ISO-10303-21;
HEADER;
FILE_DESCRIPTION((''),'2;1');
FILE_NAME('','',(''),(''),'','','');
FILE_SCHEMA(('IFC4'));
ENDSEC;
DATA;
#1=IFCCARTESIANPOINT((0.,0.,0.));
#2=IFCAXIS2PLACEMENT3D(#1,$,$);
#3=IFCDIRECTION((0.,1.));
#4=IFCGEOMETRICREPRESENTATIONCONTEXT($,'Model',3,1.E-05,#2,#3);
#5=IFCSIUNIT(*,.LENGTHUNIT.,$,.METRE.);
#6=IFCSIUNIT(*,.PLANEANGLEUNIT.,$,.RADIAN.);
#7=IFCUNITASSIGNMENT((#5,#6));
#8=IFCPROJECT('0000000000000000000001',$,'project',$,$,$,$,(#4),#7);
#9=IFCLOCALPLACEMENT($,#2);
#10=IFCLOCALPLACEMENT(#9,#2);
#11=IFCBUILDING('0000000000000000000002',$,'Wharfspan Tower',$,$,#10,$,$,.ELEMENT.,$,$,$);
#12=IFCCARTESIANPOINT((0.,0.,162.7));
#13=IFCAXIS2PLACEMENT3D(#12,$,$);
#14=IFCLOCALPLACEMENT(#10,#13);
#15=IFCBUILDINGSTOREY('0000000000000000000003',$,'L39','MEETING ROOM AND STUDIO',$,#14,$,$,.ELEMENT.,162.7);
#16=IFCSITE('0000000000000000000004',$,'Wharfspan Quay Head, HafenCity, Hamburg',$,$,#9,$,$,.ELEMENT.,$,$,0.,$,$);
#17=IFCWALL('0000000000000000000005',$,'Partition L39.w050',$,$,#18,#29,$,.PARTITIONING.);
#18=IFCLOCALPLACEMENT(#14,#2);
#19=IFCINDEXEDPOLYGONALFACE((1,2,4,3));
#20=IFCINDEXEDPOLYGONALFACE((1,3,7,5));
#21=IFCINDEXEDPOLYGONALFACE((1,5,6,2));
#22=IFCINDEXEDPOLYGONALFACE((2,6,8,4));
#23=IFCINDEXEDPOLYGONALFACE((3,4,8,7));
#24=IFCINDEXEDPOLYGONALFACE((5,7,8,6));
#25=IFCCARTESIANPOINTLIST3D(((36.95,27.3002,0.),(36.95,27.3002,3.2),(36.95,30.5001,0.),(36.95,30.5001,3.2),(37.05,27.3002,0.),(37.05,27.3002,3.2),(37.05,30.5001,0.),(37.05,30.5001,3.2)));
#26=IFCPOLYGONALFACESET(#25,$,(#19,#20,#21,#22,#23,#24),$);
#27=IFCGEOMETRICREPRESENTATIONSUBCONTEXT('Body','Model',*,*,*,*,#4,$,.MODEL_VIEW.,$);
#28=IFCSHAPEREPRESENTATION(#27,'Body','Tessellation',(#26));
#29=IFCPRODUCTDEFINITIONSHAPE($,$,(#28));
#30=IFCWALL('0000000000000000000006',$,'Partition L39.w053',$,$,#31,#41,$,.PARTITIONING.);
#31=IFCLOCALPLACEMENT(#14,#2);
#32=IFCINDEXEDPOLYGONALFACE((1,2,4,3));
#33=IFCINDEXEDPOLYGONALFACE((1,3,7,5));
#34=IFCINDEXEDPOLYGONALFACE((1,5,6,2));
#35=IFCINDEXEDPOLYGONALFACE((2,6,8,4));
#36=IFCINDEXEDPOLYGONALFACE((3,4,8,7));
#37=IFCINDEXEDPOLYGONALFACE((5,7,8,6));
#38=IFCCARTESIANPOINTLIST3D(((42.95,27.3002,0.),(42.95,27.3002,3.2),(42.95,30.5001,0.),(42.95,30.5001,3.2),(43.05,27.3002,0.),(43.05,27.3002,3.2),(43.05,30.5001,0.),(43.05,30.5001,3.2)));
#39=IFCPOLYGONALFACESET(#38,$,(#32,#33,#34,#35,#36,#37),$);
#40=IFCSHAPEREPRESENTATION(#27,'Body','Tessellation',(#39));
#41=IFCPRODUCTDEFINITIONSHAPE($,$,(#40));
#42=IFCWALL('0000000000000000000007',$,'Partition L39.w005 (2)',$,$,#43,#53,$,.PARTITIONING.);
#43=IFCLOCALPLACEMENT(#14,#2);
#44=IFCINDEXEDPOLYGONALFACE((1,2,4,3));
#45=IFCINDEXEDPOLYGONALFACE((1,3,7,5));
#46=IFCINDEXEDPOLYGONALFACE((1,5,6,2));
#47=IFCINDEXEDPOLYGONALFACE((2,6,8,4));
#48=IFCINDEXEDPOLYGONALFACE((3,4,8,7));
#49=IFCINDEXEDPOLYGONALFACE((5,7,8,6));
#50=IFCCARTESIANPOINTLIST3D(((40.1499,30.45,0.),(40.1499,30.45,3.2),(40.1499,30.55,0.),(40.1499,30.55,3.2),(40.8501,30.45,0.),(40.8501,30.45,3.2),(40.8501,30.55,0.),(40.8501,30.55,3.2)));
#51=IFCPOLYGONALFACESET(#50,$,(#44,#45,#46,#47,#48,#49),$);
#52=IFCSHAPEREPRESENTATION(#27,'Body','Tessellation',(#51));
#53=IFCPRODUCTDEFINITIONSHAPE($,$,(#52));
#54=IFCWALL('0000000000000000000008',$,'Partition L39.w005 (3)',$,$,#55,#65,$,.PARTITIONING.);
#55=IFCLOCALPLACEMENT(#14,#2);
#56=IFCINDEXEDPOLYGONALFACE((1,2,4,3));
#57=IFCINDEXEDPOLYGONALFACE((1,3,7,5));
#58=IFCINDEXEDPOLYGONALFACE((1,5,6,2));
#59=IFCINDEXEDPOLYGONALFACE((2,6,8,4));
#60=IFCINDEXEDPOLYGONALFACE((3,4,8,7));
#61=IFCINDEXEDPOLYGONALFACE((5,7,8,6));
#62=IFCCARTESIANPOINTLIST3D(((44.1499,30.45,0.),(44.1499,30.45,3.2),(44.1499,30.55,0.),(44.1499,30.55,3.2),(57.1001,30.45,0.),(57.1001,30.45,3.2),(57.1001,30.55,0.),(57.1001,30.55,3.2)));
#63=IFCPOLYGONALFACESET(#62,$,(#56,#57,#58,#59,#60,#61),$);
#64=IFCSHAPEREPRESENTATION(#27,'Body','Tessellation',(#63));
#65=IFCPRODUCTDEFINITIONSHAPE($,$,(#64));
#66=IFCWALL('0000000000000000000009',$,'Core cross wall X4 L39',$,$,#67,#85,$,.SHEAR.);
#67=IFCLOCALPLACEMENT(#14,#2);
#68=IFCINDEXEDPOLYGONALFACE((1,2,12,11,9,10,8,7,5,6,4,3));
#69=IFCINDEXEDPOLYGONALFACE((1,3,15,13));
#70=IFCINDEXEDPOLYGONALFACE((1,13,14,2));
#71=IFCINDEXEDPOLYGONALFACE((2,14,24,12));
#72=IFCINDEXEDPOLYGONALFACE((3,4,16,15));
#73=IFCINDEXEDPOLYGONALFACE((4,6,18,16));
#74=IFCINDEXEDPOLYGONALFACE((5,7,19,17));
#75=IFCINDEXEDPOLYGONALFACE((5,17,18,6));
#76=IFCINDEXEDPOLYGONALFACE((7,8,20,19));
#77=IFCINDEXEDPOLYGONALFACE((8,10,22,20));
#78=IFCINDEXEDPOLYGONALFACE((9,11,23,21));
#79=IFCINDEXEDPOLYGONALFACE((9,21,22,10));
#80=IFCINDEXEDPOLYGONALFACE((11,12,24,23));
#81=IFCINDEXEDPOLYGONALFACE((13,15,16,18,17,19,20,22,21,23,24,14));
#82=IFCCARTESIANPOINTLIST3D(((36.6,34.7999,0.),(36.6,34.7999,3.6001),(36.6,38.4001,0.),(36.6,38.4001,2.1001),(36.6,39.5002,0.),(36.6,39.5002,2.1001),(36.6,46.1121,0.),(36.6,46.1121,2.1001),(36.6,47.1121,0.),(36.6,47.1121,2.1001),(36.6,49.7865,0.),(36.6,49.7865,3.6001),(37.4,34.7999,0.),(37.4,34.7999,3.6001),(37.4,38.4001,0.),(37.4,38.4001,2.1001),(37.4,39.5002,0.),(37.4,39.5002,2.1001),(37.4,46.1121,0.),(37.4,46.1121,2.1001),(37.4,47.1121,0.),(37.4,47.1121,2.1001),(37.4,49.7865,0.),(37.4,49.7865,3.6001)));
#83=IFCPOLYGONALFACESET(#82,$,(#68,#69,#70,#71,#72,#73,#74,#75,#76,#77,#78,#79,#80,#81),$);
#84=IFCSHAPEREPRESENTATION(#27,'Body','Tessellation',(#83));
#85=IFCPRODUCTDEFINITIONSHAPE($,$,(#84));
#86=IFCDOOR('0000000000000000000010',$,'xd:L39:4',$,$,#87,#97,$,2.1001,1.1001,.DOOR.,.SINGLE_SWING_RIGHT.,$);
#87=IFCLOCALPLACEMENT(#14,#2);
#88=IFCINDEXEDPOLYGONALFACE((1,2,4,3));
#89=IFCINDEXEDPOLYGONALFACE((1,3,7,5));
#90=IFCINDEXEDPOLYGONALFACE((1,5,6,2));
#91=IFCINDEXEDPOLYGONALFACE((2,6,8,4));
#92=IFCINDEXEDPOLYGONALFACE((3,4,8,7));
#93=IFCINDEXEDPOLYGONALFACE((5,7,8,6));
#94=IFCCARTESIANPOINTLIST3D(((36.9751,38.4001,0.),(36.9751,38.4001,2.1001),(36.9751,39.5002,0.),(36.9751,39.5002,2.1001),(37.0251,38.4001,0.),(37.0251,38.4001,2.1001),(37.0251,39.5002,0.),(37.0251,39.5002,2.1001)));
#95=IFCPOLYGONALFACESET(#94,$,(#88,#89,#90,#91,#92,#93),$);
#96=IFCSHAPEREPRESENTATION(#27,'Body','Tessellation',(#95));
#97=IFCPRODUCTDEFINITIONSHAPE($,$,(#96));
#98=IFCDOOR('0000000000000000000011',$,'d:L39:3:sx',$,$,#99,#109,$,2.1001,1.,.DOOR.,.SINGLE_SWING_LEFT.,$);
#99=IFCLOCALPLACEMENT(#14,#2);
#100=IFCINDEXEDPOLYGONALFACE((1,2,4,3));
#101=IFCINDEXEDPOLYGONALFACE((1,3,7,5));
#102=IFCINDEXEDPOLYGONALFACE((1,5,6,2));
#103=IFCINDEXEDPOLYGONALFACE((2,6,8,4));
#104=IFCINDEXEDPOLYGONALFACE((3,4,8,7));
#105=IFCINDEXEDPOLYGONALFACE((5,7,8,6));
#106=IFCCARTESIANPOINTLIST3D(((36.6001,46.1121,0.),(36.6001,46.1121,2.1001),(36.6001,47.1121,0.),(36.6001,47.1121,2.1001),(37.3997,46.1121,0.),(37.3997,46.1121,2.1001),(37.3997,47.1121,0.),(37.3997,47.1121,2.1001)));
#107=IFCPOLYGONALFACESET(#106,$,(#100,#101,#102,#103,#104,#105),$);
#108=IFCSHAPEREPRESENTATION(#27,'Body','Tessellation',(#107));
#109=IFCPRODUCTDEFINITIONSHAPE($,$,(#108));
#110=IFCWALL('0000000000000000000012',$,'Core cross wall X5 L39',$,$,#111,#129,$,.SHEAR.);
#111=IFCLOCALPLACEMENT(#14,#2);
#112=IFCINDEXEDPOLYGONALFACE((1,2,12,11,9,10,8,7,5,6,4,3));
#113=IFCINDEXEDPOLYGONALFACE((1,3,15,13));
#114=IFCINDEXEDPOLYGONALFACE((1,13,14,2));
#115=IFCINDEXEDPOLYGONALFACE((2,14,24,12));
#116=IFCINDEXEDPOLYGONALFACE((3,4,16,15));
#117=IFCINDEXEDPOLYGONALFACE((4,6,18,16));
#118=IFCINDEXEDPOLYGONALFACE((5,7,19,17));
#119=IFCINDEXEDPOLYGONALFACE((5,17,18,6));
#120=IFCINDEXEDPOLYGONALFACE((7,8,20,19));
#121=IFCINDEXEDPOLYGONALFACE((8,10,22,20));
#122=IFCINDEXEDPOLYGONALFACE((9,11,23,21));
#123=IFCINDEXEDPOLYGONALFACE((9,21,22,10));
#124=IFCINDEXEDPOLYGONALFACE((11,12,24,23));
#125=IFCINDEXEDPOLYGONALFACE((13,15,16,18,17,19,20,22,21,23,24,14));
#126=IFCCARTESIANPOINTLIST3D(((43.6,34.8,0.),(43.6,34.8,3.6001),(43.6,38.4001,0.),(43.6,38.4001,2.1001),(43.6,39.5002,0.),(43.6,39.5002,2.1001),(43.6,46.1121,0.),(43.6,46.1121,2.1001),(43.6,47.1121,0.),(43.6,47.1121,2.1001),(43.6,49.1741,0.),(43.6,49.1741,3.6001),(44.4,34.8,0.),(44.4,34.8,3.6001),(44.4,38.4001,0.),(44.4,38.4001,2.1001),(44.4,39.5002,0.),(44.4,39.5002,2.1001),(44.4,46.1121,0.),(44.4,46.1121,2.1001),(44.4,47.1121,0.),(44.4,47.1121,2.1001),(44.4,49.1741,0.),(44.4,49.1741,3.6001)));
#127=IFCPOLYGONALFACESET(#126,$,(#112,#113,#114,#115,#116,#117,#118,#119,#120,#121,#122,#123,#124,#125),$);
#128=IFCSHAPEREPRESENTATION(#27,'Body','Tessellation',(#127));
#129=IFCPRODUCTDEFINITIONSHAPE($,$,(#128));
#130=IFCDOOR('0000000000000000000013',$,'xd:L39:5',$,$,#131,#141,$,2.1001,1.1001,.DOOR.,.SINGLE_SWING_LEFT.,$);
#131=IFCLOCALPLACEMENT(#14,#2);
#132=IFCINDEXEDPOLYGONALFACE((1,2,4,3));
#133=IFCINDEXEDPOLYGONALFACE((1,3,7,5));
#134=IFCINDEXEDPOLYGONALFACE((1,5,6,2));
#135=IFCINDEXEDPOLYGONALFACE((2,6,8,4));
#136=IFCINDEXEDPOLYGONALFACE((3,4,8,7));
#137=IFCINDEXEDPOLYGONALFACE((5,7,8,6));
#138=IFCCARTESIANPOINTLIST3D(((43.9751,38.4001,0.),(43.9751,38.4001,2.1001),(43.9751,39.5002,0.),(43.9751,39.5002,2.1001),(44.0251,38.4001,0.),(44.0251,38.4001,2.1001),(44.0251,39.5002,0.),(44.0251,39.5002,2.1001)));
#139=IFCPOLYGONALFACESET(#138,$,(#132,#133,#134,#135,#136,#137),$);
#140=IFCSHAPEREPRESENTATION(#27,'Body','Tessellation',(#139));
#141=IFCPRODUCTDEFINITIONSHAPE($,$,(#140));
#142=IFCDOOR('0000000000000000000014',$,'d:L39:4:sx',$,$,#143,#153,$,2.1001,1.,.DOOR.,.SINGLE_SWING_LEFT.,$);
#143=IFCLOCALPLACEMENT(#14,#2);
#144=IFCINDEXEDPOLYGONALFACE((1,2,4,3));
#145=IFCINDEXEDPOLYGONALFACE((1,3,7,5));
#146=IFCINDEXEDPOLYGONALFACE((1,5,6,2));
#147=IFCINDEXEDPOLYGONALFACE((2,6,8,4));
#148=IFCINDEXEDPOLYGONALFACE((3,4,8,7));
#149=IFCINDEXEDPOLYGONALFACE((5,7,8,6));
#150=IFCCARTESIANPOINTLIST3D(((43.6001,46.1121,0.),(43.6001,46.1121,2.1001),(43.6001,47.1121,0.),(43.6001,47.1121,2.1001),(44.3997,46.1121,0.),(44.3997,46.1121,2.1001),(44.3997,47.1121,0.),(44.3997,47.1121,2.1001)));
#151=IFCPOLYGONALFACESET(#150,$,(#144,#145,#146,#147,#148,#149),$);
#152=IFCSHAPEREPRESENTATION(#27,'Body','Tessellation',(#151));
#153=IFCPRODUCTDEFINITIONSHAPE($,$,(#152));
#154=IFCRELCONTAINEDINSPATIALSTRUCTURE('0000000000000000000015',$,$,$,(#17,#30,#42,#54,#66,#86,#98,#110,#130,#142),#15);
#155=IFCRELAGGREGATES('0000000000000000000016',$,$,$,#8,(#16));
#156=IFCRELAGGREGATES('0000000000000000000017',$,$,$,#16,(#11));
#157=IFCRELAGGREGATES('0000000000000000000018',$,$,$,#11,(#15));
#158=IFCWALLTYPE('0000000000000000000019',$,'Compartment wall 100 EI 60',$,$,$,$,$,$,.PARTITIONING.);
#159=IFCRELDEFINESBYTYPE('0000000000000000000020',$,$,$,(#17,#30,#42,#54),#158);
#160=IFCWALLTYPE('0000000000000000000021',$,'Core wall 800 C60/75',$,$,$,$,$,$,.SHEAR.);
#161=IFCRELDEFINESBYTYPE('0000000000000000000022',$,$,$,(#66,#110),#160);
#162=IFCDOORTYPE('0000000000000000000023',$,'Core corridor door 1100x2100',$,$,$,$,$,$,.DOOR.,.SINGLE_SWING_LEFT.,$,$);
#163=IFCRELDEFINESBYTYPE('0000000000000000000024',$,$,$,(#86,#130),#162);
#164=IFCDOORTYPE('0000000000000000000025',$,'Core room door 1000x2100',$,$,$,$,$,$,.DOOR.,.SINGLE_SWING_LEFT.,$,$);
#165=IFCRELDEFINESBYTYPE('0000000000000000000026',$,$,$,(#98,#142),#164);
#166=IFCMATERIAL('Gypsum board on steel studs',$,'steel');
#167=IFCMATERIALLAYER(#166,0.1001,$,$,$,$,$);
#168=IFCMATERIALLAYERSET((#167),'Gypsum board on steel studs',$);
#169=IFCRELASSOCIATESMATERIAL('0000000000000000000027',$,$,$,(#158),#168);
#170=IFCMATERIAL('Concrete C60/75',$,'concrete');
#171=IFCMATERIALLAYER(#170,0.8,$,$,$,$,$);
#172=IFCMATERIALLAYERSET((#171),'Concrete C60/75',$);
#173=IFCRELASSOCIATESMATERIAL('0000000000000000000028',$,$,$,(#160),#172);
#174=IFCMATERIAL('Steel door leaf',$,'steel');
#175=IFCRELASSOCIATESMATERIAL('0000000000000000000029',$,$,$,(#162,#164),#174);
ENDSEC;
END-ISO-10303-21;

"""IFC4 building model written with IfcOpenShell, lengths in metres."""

from ifc_helpers import new_model, si_unit, direction, frame, frame_2d, origin, place, context, subcontext, project, spatial, rectangle, extrude, material, layer, layer_set, type_object, element, fill, save


model = new_model("IFC4")

# Units and contexts
model_context = context("Model", 3, precision=1e-05, world=origin(), true_north=direction((0.0, 1.0)))
body_context = subcontext(model_context, "Body", "Model", "MODEL_VIEW")
ifc_project = project(units=[si_unit("LENGTHUNIT", "METRE"), si_unit("PLANEANGLEUNIT", "RADIAN")], contexts=[model_context])

# Site, building, storey
site_placement = place(None, origin())
site = spatial("IfcSite", under=ifc_project, at=site_placement, Name="Wharfspan Quay Head, HafenCity, Hamburg", CompositionType="ELEMENT", RefElevation=0.0)
building_placement = place(site_placement, origin())
building = spatial("IfcBuilding", under=site, at=building_placement, Name="Wharfspan Tower", CompositionType="ELEMENT")
storey_placement = place(building_placement, frame((0.0, 0.0, 162.7)))
storey = spatial("IfcBuildingStorey", under=building, at=storey_placement, Name="L39", Description="MEETING ROOM AND STUDIO", CompositionType="ELEMENT", Elevation=162.7)

# Walls
ifc_material_1 = material(Name="Gypsum board on steel studs", Category="steel")
ifc_layer_1 = layer(ifc_material_1, 0.1001)
ifc_layer_set_1 = layer_set([ifc_layer_1], Name="Gypsum board on steel studs")
wall_type_1 = type_object("IfcWallType", Name="Compartment wall 100 EI 60", PredefinedType="PARTITIONING", material=ifc_layer_set_1)
for number, where, z_axis, x_axis, name in (
    (1, (37.0, 27.3, 0.0), (0.0, 0.0, 1.0), (0.0, 1.0, 0.0), "Partition L39.w050"),
    (2, (43.0, 27.3, 0.0), (0.0, 0.0, 1.0), (0.0, 1.0, 0.0), "Partition L39.w053"),
):
    element("IfcWall", number, at=place(storey_placement, frame(where, z_axis=z_axis, x_axis=x_axis)), inside=storey, type_object=wall_type_1, Name=name, PredefinedType="PARTITIONING", context=body_context, shape_type="SweptSolid", body=[
        extrude(rectangle(XDim=3.2, YDim=0.1001, at=frame_2d((1.6001, 0.0))), origin(), (0.0, 0.0, 1.0), 3.2),
    ])
wall_1_placement = place(storey_placement, frame((40.1499, 30.5, 0.0), z_axis=(0.0, 0.0, 1.0), x_axis=(1.0, 0.0, 0.0)))
element("IfcWall", 3, at=wall_1_placement, inside=storey, type_object=wall_type_1, Name="Partition L39.w005 (2)", PredefinedType="PARTITIONING", context=body_context, shape_type="SweptSolid", body=[
    extrude(rectangle(XDim=0.7002, YDim=0.1001, at=frame_2d((0.3501, 0.0))), origin(), (0.0, 0.0, 1.0), 3.2),
])
wall_2_placement = place(storey_placement, frame((44.1499, 30.5, 0.0), z_axis=(0.0, 0.0, 1.0), x_axis=(1.0, 0.0, 0.0)))
element("IfcWall", 4, at=wall_2_placement, inside=storey, type_object=wall_type_1, Name="Partition L39.w005 (3)", PredefinedType="PARTITIONING", context=body_context, shape_type="SweptSolid", body=[
    extrude(rectangle(XDim=12.9502, YDim=0.1001, at=frame_2d((6.4751, 0.0))), origin(), (0.0, 0.0, 1.0), 3.2),
])

# Walls, openings, doors
ifc_material_2 = material(Name="Concrete C60/75", Category="concrete")
ifc_layer_2 = layer(ifc_material_2, 0.8)
ifc_layer_set_2 = layer_set([ifc_layer_2], Name="Concrete C60/75")
wall_type_2 = type_object("IfcWallType", Name="Core wall 800 C60/75", PredefinedType="SHEAR", material=ifc_layer_set_2)
wall_3_placement = place(storey_placement, frame((37.0, 34.8, 0.0), z_axis=(0.0, 0.0, 1.0), x_axis=(0.0, 1.0, 0.0)))
wall_3 = element("IfcWall", 5, at=wall_3_placement, inside=storey, type_object=wall_type_2, Name="Core cross wall X4 L39", PredefinedType="SHEAR", context=body_context, shape_type="SweptSolid", body=[
    extrude(rectangle(XDim=14.9866, YDim=0.8, at=frame_2d((7.4932, 0.0))), origin(), (0.0, 0.0, 1.0), 3.6001),
])
opening_1_placement = place(wall_3_placement, frame((11.312, 0.0, 0.0)))
opening_1 = element("IfcOpeningElement", 6, at=opening_1_placement, cuts=wall_3, PredefinedType="OPENING", context=body_context, shape_type="SweptSolid", body=[
    extrude(rectangle(XDim=1.0, YDim=2.1001, at=frame_2d((0.5, 1.05))), frame((0.0, 0.4099, 0.0), z_axis=(0.0, -1.0, 0.0), x_axis=(1.0, 0.0, 0.0)), (0.0, 0.0, 1.0), 0.8201),
])
opening_2_placement = place(wall_3_placement, frame((3.6001, 0.0, 0.0)))
opening_2 = element("IfcOpeningElement", 7, at=opening_2_placement, cuts=wall_3, PredefinedType="OPENING", context=body_context, shape_type="SweptSolid", body=[
    extrude(rectangle(XDim=1.1001, YDim=2.1001, at=frame_2d((0.55, 1.05))), frame((0.0, 0.4099, 0.0), z_axis=(0.0, -1.0, 0.0), x_axis=(1.0, 0.0, 0.0)), (0.0, 0.0, 1.0), 0.8201),
])
ifc_material_3 = material(Name="Steel door leaf", Category="steel")
door_type_1 = type_object("IfcDoorType", Name="Core corridor door 1100x2100", OperationType="SINGLE_SWING_LEFT", PredefinedType="DOOR", material=ifc_material_3)
door_1_placement = place(opening_2_placement, origin())
door_1 = element("IfcDoor", 8, at=door_1_placement, inside=storey, type_object=door_type_1, Name="xd:L39:4", OperationType="SINGLE_SWING_RIGHT", OverallHeight=2.1001, OverallWidth=1.1001, PredefinedType="DOOR", context=body_context, shape_type="SweptSolid", body=[
    extrude(rectangle(XDim=1.1001, YDim=2.1001, at=frame_2d((0.55, 1.05))), frame((0.0, 0.0249, 0.0), z_axis=(0.0, -1.0, 0.0), x_axis=(1.0, 0.0, 0.0)), (0.0, 0.0, 1.0), 0.05),
])
fill(opening_2, door_1)
door_type_2 = type_object("IfcDoorType", Name="Core room door 1000x2100", OperationType="SINGLE_SWING_LEFT", PredefinedType="DOOR", material=ifc_material_3)
door_2_placement = place(opening_1_placement, origin())
door_2 = element("IfcDoor", 9, at=door_2_placement, inside=storey, type_object=door_type_2, Name="d:L39:3:sx", OperationType="SINGLE_SWING_LEFT", OverallHeight=2.1001, OverallWidth=1.0, PredefinedType="DOOR", context=body_context, shape_type="SweptSolid", body=[
    extrude(rectangle(XDim=1.0, YDim=2.1001, at=frame_2d((0.5, 1.05))), frame((0.0, 0.3999, 0.0), z_axis=(0.0, -1.0, 0.0), x_axis=(1.0, 0.0, 0.0)), (0.0, 0.0, 1.0), 0.7996),
])
fill(opening_1, door_2)
wall_4_placement = place(storey_placement, frame((44.0, 34.8, 0.0), z_axis=(0.0, 0.0, 1.0), x_axis=(0.0, 1.0, 0.0)))
wall_4 = element("IfcWall", 10, at=wall_4_placement, inside=storey, type_object=wall_type_2, Name="Core cross wall X5 L39", PredefinedType="SHEAR", context=body_context, shape_type="SweptSolid", body=[
    extrude(rectangle(XDim=14.374, YDim=0.8, at=frame_2d((7.187, 0.0))), origin(), (0.0, 0.0, 1.0), 3.6001),
])
opening_3_placement = place(wall_4_placement, frame((11.312, 0.0, 0.0)))
opening_3 = element("IfcOpeningElement", 11, at=opening_3_placement, cuts=wall_4, PredefinedType="OPENING", context=body_context, shape_type="SweptSolid", body=[
    extrude(rectangle(XDim=1.0, YDim=2.1001, at=frame_2d((0.5, 1.05))), frame((0.0, 0.4099, 0.0), z_axis=(0.0, -1.0, 0.0), x_axis=(1.0, 0.0, 0.0)), (0.0, 0.0, 1.0), 0.8201),
])
opening_4_placement = place(wall_4_placement, frame((3.6001, 0.0, 0.0)))
opening_4 = element("IfcOpeningElement", 12, at=opening_4_placement, cuts=wall_4, PredefinedType="OPENING", context=body_context, shape_type="SweptSolid", body=[
    extrude(rectangle(XDim=1.1001, YDim=2.1001, at=frame_2d((0.55, 1.05))), frame((0.0, 0.4099, 0.0), z_axis=(0.0, -1.0, 0.0), x_axis=(1.0, 0.0, 0.0)), (0.0, 0.0, 1.0), 0.8201),
])
door_3_placement = place(opening_4_placement, origin())
door_3 = element("IfcDoor", 13, at=door_3_placement, inside=storey, type_object=door_type_1, Name="xd:L39:5", OperationType="SINGLE_SWING_LEFT", OverallHeight=2.1001, OverallWidth=1.1001, PredefinedType="DOOR", context=body_context, shape_type="SweptSolid", body=[
    extrude(rectangle(XDim=1.1001, YDim=2.1001, at=frame_2d((0.55, 1.05))), frame((0.0, 0.0249, 0.0), z_axis=(0.0, -1.0, 0.0), x_axis=(1.0, 0.0, 0.0)), (0.0, 0.0, 1.0), 0.05),
])
fill(opening_4, door_3)
door_4_placement = place(opening_3_placement, origin())
door_4 = element("IfcDoor", 14, at=door_4_placement, inside=storey, type_object=door_type_2, Name="d:L39:4:sx", OperationType="SINGLE_SWING_LEFT", OverallHeight=2.1001, OverallWidth=1.0, PredefinedType="DOOR", context=body_context, shape_type="SweptSolid", body=[
    extrude(rectangle(XDim=1.0, YDim=2.1001, at=frame_2d((0.5, 1.05))), frame((0.0, 0.3999, 0.0), z_axis=(0.0, -1.0, 0.0), x_axis=(1.0, 0.0, 0.0)), (0.0, 0.0, 1.0), 0.7996),
])
fill(opening_3, door_4)

save(model, "model.ifc")
